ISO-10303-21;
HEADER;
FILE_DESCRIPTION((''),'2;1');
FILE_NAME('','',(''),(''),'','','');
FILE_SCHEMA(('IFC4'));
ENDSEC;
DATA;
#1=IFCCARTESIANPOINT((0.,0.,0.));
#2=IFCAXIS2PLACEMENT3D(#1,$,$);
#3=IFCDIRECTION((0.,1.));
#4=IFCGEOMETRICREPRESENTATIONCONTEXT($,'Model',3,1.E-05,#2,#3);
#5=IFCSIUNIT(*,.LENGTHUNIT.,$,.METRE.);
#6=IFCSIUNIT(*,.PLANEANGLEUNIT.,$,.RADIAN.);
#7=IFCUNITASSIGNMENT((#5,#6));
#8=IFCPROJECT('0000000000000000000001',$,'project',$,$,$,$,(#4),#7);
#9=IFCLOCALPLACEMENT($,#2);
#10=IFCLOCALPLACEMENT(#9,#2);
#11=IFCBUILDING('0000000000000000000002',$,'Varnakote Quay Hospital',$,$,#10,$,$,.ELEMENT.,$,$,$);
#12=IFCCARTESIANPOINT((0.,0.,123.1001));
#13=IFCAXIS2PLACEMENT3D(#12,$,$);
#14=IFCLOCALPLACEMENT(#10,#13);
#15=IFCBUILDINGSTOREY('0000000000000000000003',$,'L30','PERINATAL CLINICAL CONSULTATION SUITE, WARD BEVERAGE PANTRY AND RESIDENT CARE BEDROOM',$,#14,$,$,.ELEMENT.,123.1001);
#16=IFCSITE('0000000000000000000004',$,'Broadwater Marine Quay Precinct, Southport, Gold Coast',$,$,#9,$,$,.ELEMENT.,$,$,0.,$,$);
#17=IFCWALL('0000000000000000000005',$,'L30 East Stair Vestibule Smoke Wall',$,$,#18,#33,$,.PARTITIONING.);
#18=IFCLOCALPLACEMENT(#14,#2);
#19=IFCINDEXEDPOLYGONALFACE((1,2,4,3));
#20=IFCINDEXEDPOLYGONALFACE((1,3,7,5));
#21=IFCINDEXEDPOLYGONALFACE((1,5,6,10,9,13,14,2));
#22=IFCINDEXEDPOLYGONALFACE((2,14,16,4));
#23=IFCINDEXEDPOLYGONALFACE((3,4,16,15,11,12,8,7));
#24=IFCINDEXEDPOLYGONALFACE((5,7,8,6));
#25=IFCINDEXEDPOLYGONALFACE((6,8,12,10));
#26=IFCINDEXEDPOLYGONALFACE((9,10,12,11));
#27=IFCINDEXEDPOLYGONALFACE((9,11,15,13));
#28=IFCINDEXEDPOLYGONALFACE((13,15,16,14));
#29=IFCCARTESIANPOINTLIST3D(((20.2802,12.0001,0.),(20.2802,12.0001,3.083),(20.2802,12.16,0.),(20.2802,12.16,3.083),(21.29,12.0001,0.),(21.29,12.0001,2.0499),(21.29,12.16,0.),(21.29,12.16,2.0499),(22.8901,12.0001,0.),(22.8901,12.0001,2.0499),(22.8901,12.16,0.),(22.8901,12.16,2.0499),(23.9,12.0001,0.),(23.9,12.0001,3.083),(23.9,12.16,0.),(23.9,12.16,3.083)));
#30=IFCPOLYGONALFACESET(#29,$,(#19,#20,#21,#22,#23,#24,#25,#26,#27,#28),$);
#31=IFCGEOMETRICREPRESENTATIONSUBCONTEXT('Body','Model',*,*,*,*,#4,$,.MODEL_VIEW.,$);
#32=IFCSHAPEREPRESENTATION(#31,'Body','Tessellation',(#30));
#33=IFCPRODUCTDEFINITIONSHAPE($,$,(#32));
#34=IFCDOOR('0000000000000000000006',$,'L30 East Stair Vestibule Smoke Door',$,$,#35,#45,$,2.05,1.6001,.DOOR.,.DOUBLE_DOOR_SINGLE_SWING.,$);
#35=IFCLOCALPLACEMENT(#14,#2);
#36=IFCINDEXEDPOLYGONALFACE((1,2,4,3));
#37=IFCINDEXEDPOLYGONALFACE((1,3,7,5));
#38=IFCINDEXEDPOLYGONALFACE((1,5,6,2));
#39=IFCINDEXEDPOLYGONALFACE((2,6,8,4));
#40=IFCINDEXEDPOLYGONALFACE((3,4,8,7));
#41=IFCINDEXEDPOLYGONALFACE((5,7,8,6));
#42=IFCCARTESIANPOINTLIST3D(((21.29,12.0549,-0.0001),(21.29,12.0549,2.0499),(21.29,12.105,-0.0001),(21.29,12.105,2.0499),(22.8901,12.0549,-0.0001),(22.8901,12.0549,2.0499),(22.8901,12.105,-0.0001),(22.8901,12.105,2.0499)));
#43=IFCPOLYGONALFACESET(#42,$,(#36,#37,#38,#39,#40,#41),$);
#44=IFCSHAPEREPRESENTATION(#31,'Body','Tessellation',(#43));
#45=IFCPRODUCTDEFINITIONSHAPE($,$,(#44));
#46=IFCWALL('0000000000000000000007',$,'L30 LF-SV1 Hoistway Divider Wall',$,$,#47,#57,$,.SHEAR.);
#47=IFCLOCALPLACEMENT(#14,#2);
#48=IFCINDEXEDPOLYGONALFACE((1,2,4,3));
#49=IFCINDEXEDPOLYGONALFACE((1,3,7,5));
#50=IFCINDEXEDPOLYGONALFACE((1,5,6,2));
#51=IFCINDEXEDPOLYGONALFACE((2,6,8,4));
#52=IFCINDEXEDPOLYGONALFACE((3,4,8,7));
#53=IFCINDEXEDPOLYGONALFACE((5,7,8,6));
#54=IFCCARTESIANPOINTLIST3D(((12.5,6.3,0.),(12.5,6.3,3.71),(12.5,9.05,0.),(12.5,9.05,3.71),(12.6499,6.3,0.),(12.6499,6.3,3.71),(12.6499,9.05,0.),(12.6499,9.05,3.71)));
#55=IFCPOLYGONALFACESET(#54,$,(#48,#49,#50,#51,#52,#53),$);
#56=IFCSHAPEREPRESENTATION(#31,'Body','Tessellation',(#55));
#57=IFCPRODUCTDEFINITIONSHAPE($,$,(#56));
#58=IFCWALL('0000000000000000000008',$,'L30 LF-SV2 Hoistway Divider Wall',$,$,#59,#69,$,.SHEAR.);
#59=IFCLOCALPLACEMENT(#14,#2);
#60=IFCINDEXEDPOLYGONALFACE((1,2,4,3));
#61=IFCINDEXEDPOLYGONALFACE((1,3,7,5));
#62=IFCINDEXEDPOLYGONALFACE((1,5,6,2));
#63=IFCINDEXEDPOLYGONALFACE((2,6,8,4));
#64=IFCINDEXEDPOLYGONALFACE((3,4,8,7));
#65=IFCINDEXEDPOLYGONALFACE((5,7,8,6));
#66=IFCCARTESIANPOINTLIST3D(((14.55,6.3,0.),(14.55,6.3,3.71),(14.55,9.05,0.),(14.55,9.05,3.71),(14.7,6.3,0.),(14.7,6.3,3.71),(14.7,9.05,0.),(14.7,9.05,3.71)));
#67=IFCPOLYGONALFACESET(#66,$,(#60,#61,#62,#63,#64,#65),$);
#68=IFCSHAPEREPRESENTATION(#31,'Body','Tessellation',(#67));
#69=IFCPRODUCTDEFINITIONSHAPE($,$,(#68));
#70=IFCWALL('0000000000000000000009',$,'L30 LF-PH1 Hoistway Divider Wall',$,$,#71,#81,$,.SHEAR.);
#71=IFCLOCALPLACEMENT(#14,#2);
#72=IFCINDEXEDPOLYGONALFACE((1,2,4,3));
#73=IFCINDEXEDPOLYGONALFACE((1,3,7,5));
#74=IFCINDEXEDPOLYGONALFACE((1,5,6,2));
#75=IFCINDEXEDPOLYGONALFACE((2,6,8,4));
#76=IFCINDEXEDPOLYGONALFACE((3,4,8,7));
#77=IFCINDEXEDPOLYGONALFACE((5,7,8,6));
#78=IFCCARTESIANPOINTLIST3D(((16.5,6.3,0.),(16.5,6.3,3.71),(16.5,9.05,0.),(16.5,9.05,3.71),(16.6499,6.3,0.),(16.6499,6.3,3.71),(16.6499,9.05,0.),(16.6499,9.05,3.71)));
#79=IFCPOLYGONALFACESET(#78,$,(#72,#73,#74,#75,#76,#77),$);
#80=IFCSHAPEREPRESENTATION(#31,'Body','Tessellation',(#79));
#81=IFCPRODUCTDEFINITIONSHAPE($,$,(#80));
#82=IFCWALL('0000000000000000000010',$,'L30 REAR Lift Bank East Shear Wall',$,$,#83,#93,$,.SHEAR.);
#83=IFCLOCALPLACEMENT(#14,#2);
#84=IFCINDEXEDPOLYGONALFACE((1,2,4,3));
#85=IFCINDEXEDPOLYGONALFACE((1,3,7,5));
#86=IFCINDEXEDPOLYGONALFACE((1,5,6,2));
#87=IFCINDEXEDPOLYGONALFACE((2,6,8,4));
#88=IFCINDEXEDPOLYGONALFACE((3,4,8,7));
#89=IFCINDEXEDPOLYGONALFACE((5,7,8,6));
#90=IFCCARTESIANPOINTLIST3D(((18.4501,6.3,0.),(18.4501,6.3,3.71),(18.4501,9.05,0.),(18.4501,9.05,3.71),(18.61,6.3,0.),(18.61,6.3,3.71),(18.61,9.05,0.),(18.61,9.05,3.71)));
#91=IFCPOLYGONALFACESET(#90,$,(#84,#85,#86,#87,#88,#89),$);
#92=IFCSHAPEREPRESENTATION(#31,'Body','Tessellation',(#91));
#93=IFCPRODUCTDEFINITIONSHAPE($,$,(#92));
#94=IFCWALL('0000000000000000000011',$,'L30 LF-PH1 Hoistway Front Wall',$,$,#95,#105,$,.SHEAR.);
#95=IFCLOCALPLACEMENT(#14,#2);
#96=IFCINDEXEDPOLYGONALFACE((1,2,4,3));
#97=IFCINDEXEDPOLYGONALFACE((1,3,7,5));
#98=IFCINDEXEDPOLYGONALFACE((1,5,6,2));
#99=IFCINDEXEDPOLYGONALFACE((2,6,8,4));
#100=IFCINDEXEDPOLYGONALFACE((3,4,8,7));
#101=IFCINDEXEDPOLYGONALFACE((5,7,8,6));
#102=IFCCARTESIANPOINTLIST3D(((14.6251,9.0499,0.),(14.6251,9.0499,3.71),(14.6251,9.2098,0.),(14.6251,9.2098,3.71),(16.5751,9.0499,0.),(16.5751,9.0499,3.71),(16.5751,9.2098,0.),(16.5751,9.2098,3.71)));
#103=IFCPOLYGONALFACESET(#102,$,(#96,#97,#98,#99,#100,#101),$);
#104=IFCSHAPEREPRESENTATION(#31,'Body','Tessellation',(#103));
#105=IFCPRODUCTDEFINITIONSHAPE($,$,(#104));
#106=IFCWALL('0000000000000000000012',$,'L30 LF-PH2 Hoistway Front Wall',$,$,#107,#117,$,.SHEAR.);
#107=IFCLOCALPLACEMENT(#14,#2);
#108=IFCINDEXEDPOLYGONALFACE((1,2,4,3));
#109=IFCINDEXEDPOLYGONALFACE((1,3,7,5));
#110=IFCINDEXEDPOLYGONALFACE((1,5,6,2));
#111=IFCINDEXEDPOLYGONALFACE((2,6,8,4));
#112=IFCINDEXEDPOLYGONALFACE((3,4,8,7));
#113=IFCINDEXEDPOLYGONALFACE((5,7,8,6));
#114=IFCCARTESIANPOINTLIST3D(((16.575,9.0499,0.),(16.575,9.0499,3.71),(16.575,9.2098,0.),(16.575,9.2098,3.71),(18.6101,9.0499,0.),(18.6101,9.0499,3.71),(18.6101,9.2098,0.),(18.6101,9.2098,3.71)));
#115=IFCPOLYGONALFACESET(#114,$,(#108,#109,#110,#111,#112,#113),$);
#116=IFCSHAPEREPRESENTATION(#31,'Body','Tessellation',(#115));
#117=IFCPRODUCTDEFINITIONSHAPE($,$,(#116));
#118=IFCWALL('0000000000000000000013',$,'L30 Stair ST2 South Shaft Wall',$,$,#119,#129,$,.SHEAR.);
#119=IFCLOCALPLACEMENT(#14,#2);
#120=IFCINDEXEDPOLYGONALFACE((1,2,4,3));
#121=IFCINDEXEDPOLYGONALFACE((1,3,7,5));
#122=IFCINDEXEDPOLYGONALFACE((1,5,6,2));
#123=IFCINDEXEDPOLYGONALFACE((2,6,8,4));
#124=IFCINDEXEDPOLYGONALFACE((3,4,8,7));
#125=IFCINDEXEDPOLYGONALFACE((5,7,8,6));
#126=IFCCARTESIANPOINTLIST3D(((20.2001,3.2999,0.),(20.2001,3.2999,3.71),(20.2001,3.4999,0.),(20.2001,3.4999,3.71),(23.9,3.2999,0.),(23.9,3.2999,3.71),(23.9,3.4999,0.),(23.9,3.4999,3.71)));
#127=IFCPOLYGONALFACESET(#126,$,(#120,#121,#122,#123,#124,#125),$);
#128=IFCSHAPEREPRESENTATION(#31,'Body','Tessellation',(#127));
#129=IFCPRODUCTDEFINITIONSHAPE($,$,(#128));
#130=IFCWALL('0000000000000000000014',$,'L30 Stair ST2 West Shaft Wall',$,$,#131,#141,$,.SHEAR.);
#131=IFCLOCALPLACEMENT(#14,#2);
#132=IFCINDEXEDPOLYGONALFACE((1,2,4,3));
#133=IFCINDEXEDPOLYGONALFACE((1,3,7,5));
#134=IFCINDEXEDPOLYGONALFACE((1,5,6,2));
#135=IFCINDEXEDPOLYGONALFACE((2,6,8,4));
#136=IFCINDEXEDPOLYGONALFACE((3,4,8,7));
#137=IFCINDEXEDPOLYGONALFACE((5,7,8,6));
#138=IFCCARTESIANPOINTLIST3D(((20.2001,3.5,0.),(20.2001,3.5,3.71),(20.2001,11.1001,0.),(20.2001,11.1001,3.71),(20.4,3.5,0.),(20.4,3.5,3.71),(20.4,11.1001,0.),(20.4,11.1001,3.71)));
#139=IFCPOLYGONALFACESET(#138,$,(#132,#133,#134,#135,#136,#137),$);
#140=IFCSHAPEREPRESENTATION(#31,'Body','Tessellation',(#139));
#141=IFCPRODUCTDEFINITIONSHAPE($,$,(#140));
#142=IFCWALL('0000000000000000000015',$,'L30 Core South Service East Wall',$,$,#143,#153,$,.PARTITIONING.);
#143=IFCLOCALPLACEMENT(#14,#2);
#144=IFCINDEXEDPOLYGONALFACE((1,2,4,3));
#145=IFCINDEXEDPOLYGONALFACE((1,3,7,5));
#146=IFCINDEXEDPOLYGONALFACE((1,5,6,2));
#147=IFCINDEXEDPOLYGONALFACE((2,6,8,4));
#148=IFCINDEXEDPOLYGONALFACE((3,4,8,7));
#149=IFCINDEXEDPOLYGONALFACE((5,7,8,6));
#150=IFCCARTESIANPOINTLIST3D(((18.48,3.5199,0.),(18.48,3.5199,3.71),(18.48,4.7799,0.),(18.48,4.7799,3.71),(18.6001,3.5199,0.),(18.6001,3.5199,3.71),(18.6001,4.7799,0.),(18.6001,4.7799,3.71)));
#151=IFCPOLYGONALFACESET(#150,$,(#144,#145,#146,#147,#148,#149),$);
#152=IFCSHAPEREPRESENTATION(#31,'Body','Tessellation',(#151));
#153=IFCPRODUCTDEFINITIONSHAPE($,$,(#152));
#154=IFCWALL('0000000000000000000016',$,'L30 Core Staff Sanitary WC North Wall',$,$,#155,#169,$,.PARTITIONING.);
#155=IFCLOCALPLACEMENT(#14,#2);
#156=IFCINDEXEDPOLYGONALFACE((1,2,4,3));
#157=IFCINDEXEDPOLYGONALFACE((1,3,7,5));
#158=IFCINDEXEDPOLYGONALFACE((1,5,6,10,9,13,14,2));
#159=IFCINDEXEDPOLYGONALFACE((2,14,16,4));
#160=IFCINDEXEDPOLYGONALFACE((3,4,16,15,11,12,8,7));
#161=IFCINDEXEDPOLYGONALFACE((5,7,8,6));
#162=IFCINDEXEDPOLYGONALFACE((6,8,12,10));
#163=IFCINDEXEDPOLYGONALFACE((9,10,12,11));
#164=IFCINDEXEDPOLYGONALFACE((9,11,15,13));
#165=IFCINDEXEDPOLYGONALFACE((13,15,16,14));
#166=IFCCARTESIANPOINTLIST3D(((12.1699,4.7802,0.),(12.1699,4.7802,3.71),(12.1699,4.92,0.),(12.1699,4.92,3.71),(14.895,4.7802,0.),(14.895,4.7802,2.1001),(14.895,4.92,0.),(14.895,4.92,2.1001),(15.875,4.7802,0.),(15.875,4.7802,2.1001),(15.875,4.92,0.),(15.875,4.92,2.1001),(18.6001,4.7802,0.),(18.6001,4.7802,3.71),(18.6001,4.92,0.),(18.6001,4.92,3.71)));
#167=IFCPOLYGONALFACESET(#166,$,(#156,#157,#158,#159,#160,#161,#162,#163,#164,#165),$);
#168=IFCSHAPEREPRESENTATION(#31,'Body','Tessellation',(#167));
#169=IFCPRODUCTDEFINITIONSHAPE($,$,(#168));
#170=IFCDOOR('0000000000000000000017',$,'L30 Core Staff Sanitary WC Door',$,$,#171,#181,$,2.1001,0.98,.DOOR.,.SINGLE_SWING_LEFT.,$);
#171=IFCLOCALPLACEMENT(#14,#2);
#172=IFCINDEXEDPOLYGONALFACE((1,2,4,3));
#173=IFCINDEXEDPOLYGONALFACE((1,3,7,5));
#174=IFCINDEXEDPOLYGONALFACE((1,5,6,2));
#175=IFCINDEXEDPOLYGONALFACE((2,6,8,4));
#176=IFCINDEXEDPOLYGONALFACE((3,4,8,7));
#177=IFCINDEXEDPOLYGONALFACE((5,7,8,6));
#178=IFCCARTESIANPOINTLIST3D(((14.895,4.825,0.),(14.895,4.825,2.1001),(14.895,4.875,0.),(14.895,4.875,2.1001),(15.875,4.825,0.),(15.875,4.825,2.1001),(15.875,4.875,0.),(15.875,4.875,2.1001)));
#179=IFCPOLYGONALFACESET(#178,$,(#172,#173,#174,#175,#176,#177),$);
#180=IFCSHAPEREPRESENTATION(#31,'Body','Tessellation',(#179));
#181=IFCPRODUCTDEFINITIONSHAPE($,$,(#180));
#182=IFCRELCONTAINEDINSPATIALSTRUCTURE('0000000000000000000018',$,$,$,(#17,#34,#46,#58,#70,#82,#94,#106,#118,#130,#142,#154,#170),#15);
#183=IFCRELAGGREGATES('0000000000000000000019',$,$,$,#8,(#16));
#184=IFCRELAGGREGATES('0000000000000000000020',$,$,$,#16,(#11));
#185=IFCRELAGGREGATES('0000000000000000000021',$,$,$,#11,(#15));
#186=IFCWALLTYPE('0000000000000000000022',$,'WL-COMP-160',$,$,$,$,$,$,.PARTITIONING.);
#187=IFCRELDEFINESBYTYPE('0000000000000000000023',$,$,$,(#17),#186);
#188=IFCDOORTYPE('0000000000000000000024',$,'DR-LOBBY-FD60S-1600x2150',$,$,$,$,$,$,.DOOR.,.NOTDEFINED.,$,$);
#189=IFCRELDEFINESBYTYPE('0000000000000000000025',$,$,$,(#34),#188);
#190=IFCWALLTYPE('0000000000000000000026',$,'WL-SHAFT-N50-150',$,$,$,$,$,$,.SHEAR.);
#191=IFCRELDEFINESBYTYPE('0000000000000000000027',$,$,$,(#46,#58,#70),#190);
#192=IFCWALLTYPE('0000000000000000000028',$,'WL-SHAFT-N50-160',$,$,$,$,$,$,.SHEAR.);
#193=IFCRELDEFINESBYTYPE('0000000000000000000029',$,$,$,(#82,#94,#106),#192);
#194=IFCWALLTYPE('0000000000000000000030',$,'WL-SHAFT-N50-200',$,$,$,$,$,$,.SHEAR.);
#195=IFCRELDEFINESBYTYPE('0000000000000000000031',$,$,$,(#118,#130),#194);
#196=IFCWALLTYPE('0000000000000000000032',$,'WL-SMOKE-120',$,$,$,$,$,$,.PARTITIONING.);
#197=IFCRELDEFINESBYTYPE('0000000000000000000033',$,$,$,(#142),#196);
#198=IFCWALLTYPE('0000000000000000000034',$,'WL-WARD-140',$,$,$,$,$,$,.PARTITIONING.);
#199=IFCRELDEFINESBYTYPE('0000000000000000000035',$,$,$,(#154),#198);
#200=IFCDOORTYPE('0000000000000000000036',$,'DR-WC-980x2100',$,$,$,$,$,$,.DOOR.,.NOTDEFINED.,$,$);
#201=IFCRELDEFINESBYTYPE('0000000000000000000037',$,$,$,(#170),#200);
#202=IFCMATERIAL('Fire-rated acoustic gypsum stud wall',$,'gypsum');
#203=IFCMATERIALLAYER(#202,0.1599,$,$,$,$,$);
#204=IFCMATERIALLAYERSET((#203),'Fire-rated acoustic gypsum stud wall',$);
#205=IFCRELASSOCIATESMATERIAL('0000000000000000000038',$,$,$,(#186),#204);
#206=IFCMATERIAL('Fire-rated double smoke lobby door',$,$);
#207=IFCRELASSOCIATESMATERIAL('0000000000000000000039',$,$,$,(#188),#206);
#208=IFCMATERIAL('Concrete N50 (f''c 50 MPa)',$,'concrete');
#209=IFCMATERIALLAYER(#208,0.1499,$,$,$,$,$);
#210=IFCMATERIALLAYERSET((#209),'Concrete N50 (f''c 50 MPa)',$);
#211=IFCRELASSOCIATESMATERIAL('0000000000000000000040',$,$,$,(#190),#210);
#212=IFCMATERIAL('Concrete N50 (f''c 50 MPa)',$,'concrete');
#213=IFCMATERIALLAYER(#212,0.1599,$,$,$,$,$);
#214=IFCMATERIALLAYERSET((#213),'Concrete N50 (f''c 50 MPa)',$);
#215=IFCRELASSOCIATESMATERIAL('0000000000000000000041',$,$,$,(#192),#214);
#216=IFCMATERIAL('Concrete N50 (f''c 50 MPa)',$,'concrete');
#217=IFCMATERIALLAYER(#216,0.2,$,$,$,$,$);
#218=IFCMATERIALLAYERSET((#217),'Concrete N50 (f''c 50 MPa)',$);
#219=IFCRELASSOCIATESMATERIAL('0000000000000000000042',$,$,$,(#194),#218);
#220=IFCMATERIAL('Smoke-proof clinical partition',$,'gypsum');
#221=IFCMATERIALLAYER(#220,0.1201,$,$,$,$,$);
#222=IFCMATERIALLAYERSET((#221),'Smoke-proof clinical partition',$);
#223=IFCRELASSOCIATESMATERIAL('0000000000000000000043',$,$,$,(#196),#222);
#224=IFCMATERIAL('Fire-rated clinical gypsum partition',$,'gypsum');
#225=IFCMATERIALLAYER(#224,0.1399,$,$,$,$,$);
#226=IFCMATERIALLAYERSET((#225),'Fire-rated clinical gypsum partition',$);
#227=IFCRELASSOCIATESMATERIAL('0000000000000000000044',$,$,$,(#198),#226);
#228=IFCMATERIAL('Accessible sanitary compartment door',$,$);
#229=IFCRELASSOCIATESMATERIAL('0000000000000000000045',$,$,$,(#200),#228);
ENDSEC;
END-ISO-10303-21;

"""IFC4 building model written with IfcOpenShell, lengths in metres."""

from ifc_helpers import new_model, si_unit, direction, frame, frame_2d, origin, place, context, subcontext, project, spatial, rectangle, extrude, material, layer, layer_set, type_object, element, fill, save


model = new_model("IFC4")

# Units and contexts
model_context = context("Model", 3, precision=1e-05, world=origin(), true_north=direction((0.0, 1.0)))
body_context = subcontext(model_context, "Body", "Model", "MODEL_VIEW")
ifc_project = project(units=[si_unit("LENGTHUNIT", "METRE"), si_unit("PLANEANGLEUNIT", "RADIAN")], contexts=[model_context])

# Site, building, storey
site_placement = place(None, origin())
site = spatial("IfcSite", under=ifc_project, at=site_placement, Name="Broadwater Marine Quay Precinct, Southport, Gold Coast", CompositionType="ELEMENT", RefElevation=0.0)
building_placement = place(site_placement, origin())
building = spatial("IfcBuilding", under=site, at=building_placement, Name="Varnakote Quay Hospital", CompositionType="ELEMENT")
storey_placement = place(building_placement, frame((0.0, 0.0, 123.1001)))
storey = spatial("IfcBuildingStorey", under=building, at=storey_placement, Name="L30", Description="PERINATAL CLINICAL CONSULTATION SUITE, WARD BEVERAGE PANTRY AND RESIDENT CARE BEDROOM", CompositionType="ELEMENT", Elevation=123.1001)

# Shared definitions
ifc_material_1 = material(Name="Fire-rated acoustic gypsum stud wall", Category="gypsum")
ifc_layer_1 = layer(ifc_material_1, 0.1599)
ifc_layer_set_1 = layer_set([ifc_layer_1], Name="Fire-rated acoustic gypsum stud wall")
wall_type_1 = type_object("IfcWallType", Name="WL-COMP-160", PredefinedType="PARTITIONING", material=ifc_layer_set_1)

# Shared definitions
ifc_material_2 = material(Name="Fire-rated double smoke lobby door")
door_type_1 = type_object("IfcDoorType", Name="DR-LOBBY-FD60S-1600x2150", OperationType="NOTDEFINED", PredefinedType="DOOR", material=ifc_material_2)

# Wall, opening, door
wall_1_placement = place(storey_placement, frame((20.28, 12.0801, 0.0), z_axis=(0.0, 0.0, 1.0), x_axis=(1.0, 0.0, 0.0)))
wall_1 = element("IfcWall", 1, at=wall_1_placement, inside=storey, type_object=wall_type_1, Name="L30 East Stair Vestibule Smoke Wall", PredefinedType="PARTITIONING", context=body_context, shape_type="SweptSolid", body=[
    extrude(rectangle(XDim=3.6199, YDim=0.1599, at=frame_2d((1.8101, 0.0))), origin(), (0.0, 0.0, 1.0), 3.083),
])
opening_1_placement = place(wall_1_placement, frame((1.01, 0.0, 0.0)))
opening_1 = element("IfcOpeningElement", 2, at=opening_1_placement, cuts=wall_1, PredefinedType="OPENING", context=body_context, shape_type="SweptSolid", body=[
    extrude(rectangle(XDim=1.6001, YDim=2.05, at=frame_2d((0.8, 1.0249))), frame((0.0, 0.0898, 0.0), z_axis=(0.0, -1.0, 0.0), x_axis=(1.0, 0.0, 0.0)), (0.0, 0.0, 1.0), 0.1799),
])
door_1_placement = place(opening_1_placement, origin())
door_1 = element("IfcDoor", 3, at=door_1_placement, inside=storey, type_object=door_type_1, Name="L30 East Stair Vestibule Smoke Door", OperationType="DOUBLE_DOOR_SINGLE_SWING", OverallHeight=2.05, OverallWidth=1.6001, PredefinedType="DOOR", context=body_context, shape_type="SweptSolid", body=[
    extrude(rectangle(XDim=1.6001, YDim=2.05, at=frame_2d((0.8, 1.0249))), frame((0.0, 0.0249, 0.0), z_axis=(0.0, -1.0, 0.0), x_axis=(1.0, 0.0, 0.0)), (0.0, 0.0, 1.0), 0.05),
])
fill(opening_1, door_1)

# Walls
ifc_material_3 = material(Name="Concrete N50 (f'c 50 MPa)", Category="concrete")
ifc_layer_2 = layer(ifc_material_3, 0.1499)
ifc_layer_set_2 = layer_set([ifc_layer_2], Name="Concrete N50 (f'c 50 MPa)")
wall_type_2 = type_object("IfcWallType", Name="WL-SHAFT-N50-150", PredefinedType="SHEAR", material=ifc_layer_set_2)
for number, where, z_axis, x_axis, name in (
    (4, (12.575, 6.3, 0.0), (0.0, 0.0, 1.0), (0.0, 1.0, 0.0), "L30 LF-SV1 Hoistway Divider Wall"),
    (5, (14.625, 6.3, 0.0), (0.0, 0.0, 1.0), (0.0, 1.0, 0.0), "L30 LF-SV2 Hoistway Divider Wall"),
    (6, (16.575, 6.3, 0.0), (0.0, 0.0, 1.0), (0.0, 1.0, 0.0), "L30 LF-PH1 Hoistway Divider Wall"),
):
    element("IfcWall", number, at=place(storey_placement, frame(where, z_axis=z_axis, x_axis=x_axis)), inside=storey, type_object=wall_type_2, Name=name, PredefinedType="SHEAR", context=body_context, shape_type="SweptSolid", body=[
        extrude(rectangle(XDim=2.75, YDim=0.1499, at=frame_2d((1.375, 0.0))), origin(), (0.0, 0.0, 1.0), 3.71),
    ])
ifc_material_4 = material(Name="Concrete N50 (f'c 50 MPa)", Category="concrete")
ifc_layer_3 = layer(ifc_material_4, 0.1599)
ifc_layer_set_3 = layer_set([ifc_layer_3], Name="Concrete N50 (f'c 50 MPa)")
wall_type_3 = type_object("IfcWallType", Name="WL-SHAFT-N50-160", PredefinedType="SHEAR", material=ifc_layer_set_3)
wall_2_placement = place(storey_placement, frame((18.53, 6.3, 0.0), z_axis=(0.0, 0.0, 1.0), x_axis=(0.0, 1.0, 0.0)))
element("IfcWall", 7, at=wall_2_placement, inside=storey, type_object=wall_type_3, Name="L30 REAR Lift Bank East Shear Wall", PredefinedType="SHEAR", context=body_context, shape_type="SweptSolid", body=[
    extrude(rectangle(XDim=2.75, YDim=0.1599, at=frame_2d((1.375, 0.0))), origin(), (0.0, 0.0, 1.0), 3.71),
])

# Walls
wall_3_placement = place(storey_placement, frame((14.625, 9.1299, 0.0), z_axis=(0.0, 0.0, 1.0), x_axis=(1.0, 0.0, 0.0)))
element("IfcWall", 8, at=wall_3_placement, inside=storey, type_object=wall_type_3, Name="L30 LF-PH1 Hoistway Front Wall", PredefinedType="SHEAR", context=body_context, shape_type="SweptSolid", body=[
    extrude(rectangle(XDim=1.95, YDim=0.1599, at=frame_2d((0.9751, 0.0))), origin(), (0.0, 0.0, 1.0), 3.71),
])
wall_4_placement = place(storey_placement, frame((16.575, 9.1299, 0.0), z_axis=(0.0, 0.0, 1.0), x_axis=(1.0, 0.0, 0.0)))
element("IfcWall", 9, at=wall_4_placement, inside=storey, type_object=wall_type_3, Name="L30 LF-PH2 Hoistway Front Wall", PredefinedType="SHEAR", context=body_context, shape_type="SweptSolid", body=[
    extrude(rectangle(XDim=2.0352, YDim=0.1599, at=frame_2d((1.0176, 0.0))), origin(), (0.0, 0.0, 1.0), 3.71),
])
ifc_material_5 = material(Name="Concrete N50 (f'c 50 MPa)", Category="concrete")
ifc_layer_4 = layer(ifc_material_5, 0.2)
ifc_layer_set_4 = layer_set([ifc_layer_4], Name="Concrete N50 (f'c 50 MPa)")
wall_type_4 = type_object("IfcWallType", Name="WL-SHAFT-N50-200", PredefinedType="SHEAR", material=ifc_layer_set_4)
wall_5_placement = place(storey_placement, frame((20.2, 3.3999, 0.0), z_axis=(0.0, 0.0, 1.0), x_axis=(1.0, 0.0, 0.0)))
element("IfcWall", 10, at=wall_5_placement, inside=storey, type_object=wall_type_4, Name="L30 Stair ST2 South Shaft Wall", PredefinedType="SHEAR", context=body_context, shape_type="SweptSolid", body=[
    extrude(rectangle(XDim=3.7, YDim=0.2, at=frame_2d((1.8501, 0.0))), origin(), (0.0, 0.0, 1.0), 3.71),
])
wall_6_placement = place(storey_placement, frame((20.3, 3.5, 0.0), z_axis=(0.0, 0.0, 1.0), x_axis=(0.0, 1.0, 0.0)))
element("IfcWall", 11, at=wall_6_placement, inside=storey, type_object=wall_type_4, Name="L30 Stair ST2 West Shaft Wall", PredefinedType="SHEAR", context=body_context, shape_type="SweptSolid", body=[
    extrude(rectangle(XDim=7.6001, YDim=0.2, at=frame_2d((3.8, 0.0))), origin(), (0.0, 0.0, 1.0), 3.71),
])

# Wall
ifc_material_6 = material(Name="Smoke-proof clinical partition", Category="gypsum")
ifc_layer_5 = layer(ifc_material_6, 0.1201)
ifc_layer_set_5 = layer_set([ifc_layer_5], Name="Smoke-proof clinical partition")
wall_type_5 = type_object("IfcWallType", Name="WL-SMOKE-120", PredefinedType="PARTITIONING", material=ifc_layer_set_5)
wall_7_placement = place(storey_placement, frame((18.54, 3.52, 0.0), z_axis=(0.0, 0.0, 1.0), x_axis=(0.0, 1.0, 0.0)))
element("IfcWall", 12, at=wall_7_placement, inside=storey, type_object=wall_type_5, Name="L30 Core South Service East Wall", PredefinedType="PARTITIONING", context=body_context, shape_type="SweptSolid", body=[
    extrude(rectangle(XDim=1.26, YDim=0.1201, at=frame_2d((0.6299, 0.0))), origin(), (0.0, 0.0, 1.0), 3.71),
])

# Wall, opening, door
ifc_material_7 = material(Name="Fire-rated clinical gypsum partition", Category="gypsum")
ifc_layer_6 = layer(ifc_material_7, 0.1399)
ifc_layer_set_6 = layer_set([ifc_layer_6], Name="Fire-rated clinical gypsum partition")
wall_type_6 = type_object("IfcWallType", Name="WL-WARD-140", PredefinedType="PARTITIONING", material=ifc_layer_set_6)
wall_8_placement = place(storey_placement, frame((12.1699, 4.8501, 0.0), z_axis=(0.0, 0.0, 1.0), x_axis=(1.0, 0.0, 0.0)))
wall_8 = element("IfcWall", 13, at=wall_8_placement, inside=storey, type_object=wall_type_6, Name="L30 Core Staff Sanitary WC North Wall", PredefinedType="PARTITIONING", context=body_context, shape_type="SweptSolid", body=[
    extrude(rectangle(XDim=6.4302, YDim=0.1399, at=frame_2d((3.2151, 0.0))), origin(), (0.0, 0.0, 1.0), 3.71),
])
opening_2_placement = place(wall_8_placement, frame((2.7251, 0.0, 0.0)))
opening_2 = element("IfcOpeningElement", 14, at=opening_2_placement, cuts=wall_8, PredefinedType="OPENING", context=body_context, shape_type="SweptSolid", body=[
    extrude(rectangle(XDim=0.98, YDim=2.1001, at=frame_2d((0.49, 1.05))), frame((0.0, 0.0798, 0.0), z_axis=(0.0, -1.0, 0.0), x_axis=(1.0, 0.0, 0.0)), (0.0, 0.0, 1.0), 0.1599),
])
ifc_material_8 = material(Name="Accessible sanitary compartment door")
door_type_2 = type_object("IfcDoorType", Name="DR-WC-980x2100", OperationType="NOTDEFINED", PredefinedType="DOOR", material=ifc_material_8)
door_2_placement = place(opening_2_placement, origin())
door_2 = element("IfcDoor", 15, at=door_2_placement, inside=storey, type_object=door_type_2, Name="L30 Core Staff Sanitary WC Door", OperationType="SINGLE_SWING_LEFT", OverallHeight=2.1001, OverallWidth=0.98, PredefinedType="DOOR", context=body_context, shape_type="SweptSolid", body=[
    extrude(rectangle(XDim=0.98, YDim=2.1001, at=frame_2d((0.49, 1.05))), frame((0.0, 0.0249, 0.0), z_axis=(0.0, -1.0, 0.0), x_axis=(1.0, 0.0, 0.0)), (0.0, 0.0, 1.0), 0.05),
])
fill(opening_2, door_2)

save(model, "model.ifc")
